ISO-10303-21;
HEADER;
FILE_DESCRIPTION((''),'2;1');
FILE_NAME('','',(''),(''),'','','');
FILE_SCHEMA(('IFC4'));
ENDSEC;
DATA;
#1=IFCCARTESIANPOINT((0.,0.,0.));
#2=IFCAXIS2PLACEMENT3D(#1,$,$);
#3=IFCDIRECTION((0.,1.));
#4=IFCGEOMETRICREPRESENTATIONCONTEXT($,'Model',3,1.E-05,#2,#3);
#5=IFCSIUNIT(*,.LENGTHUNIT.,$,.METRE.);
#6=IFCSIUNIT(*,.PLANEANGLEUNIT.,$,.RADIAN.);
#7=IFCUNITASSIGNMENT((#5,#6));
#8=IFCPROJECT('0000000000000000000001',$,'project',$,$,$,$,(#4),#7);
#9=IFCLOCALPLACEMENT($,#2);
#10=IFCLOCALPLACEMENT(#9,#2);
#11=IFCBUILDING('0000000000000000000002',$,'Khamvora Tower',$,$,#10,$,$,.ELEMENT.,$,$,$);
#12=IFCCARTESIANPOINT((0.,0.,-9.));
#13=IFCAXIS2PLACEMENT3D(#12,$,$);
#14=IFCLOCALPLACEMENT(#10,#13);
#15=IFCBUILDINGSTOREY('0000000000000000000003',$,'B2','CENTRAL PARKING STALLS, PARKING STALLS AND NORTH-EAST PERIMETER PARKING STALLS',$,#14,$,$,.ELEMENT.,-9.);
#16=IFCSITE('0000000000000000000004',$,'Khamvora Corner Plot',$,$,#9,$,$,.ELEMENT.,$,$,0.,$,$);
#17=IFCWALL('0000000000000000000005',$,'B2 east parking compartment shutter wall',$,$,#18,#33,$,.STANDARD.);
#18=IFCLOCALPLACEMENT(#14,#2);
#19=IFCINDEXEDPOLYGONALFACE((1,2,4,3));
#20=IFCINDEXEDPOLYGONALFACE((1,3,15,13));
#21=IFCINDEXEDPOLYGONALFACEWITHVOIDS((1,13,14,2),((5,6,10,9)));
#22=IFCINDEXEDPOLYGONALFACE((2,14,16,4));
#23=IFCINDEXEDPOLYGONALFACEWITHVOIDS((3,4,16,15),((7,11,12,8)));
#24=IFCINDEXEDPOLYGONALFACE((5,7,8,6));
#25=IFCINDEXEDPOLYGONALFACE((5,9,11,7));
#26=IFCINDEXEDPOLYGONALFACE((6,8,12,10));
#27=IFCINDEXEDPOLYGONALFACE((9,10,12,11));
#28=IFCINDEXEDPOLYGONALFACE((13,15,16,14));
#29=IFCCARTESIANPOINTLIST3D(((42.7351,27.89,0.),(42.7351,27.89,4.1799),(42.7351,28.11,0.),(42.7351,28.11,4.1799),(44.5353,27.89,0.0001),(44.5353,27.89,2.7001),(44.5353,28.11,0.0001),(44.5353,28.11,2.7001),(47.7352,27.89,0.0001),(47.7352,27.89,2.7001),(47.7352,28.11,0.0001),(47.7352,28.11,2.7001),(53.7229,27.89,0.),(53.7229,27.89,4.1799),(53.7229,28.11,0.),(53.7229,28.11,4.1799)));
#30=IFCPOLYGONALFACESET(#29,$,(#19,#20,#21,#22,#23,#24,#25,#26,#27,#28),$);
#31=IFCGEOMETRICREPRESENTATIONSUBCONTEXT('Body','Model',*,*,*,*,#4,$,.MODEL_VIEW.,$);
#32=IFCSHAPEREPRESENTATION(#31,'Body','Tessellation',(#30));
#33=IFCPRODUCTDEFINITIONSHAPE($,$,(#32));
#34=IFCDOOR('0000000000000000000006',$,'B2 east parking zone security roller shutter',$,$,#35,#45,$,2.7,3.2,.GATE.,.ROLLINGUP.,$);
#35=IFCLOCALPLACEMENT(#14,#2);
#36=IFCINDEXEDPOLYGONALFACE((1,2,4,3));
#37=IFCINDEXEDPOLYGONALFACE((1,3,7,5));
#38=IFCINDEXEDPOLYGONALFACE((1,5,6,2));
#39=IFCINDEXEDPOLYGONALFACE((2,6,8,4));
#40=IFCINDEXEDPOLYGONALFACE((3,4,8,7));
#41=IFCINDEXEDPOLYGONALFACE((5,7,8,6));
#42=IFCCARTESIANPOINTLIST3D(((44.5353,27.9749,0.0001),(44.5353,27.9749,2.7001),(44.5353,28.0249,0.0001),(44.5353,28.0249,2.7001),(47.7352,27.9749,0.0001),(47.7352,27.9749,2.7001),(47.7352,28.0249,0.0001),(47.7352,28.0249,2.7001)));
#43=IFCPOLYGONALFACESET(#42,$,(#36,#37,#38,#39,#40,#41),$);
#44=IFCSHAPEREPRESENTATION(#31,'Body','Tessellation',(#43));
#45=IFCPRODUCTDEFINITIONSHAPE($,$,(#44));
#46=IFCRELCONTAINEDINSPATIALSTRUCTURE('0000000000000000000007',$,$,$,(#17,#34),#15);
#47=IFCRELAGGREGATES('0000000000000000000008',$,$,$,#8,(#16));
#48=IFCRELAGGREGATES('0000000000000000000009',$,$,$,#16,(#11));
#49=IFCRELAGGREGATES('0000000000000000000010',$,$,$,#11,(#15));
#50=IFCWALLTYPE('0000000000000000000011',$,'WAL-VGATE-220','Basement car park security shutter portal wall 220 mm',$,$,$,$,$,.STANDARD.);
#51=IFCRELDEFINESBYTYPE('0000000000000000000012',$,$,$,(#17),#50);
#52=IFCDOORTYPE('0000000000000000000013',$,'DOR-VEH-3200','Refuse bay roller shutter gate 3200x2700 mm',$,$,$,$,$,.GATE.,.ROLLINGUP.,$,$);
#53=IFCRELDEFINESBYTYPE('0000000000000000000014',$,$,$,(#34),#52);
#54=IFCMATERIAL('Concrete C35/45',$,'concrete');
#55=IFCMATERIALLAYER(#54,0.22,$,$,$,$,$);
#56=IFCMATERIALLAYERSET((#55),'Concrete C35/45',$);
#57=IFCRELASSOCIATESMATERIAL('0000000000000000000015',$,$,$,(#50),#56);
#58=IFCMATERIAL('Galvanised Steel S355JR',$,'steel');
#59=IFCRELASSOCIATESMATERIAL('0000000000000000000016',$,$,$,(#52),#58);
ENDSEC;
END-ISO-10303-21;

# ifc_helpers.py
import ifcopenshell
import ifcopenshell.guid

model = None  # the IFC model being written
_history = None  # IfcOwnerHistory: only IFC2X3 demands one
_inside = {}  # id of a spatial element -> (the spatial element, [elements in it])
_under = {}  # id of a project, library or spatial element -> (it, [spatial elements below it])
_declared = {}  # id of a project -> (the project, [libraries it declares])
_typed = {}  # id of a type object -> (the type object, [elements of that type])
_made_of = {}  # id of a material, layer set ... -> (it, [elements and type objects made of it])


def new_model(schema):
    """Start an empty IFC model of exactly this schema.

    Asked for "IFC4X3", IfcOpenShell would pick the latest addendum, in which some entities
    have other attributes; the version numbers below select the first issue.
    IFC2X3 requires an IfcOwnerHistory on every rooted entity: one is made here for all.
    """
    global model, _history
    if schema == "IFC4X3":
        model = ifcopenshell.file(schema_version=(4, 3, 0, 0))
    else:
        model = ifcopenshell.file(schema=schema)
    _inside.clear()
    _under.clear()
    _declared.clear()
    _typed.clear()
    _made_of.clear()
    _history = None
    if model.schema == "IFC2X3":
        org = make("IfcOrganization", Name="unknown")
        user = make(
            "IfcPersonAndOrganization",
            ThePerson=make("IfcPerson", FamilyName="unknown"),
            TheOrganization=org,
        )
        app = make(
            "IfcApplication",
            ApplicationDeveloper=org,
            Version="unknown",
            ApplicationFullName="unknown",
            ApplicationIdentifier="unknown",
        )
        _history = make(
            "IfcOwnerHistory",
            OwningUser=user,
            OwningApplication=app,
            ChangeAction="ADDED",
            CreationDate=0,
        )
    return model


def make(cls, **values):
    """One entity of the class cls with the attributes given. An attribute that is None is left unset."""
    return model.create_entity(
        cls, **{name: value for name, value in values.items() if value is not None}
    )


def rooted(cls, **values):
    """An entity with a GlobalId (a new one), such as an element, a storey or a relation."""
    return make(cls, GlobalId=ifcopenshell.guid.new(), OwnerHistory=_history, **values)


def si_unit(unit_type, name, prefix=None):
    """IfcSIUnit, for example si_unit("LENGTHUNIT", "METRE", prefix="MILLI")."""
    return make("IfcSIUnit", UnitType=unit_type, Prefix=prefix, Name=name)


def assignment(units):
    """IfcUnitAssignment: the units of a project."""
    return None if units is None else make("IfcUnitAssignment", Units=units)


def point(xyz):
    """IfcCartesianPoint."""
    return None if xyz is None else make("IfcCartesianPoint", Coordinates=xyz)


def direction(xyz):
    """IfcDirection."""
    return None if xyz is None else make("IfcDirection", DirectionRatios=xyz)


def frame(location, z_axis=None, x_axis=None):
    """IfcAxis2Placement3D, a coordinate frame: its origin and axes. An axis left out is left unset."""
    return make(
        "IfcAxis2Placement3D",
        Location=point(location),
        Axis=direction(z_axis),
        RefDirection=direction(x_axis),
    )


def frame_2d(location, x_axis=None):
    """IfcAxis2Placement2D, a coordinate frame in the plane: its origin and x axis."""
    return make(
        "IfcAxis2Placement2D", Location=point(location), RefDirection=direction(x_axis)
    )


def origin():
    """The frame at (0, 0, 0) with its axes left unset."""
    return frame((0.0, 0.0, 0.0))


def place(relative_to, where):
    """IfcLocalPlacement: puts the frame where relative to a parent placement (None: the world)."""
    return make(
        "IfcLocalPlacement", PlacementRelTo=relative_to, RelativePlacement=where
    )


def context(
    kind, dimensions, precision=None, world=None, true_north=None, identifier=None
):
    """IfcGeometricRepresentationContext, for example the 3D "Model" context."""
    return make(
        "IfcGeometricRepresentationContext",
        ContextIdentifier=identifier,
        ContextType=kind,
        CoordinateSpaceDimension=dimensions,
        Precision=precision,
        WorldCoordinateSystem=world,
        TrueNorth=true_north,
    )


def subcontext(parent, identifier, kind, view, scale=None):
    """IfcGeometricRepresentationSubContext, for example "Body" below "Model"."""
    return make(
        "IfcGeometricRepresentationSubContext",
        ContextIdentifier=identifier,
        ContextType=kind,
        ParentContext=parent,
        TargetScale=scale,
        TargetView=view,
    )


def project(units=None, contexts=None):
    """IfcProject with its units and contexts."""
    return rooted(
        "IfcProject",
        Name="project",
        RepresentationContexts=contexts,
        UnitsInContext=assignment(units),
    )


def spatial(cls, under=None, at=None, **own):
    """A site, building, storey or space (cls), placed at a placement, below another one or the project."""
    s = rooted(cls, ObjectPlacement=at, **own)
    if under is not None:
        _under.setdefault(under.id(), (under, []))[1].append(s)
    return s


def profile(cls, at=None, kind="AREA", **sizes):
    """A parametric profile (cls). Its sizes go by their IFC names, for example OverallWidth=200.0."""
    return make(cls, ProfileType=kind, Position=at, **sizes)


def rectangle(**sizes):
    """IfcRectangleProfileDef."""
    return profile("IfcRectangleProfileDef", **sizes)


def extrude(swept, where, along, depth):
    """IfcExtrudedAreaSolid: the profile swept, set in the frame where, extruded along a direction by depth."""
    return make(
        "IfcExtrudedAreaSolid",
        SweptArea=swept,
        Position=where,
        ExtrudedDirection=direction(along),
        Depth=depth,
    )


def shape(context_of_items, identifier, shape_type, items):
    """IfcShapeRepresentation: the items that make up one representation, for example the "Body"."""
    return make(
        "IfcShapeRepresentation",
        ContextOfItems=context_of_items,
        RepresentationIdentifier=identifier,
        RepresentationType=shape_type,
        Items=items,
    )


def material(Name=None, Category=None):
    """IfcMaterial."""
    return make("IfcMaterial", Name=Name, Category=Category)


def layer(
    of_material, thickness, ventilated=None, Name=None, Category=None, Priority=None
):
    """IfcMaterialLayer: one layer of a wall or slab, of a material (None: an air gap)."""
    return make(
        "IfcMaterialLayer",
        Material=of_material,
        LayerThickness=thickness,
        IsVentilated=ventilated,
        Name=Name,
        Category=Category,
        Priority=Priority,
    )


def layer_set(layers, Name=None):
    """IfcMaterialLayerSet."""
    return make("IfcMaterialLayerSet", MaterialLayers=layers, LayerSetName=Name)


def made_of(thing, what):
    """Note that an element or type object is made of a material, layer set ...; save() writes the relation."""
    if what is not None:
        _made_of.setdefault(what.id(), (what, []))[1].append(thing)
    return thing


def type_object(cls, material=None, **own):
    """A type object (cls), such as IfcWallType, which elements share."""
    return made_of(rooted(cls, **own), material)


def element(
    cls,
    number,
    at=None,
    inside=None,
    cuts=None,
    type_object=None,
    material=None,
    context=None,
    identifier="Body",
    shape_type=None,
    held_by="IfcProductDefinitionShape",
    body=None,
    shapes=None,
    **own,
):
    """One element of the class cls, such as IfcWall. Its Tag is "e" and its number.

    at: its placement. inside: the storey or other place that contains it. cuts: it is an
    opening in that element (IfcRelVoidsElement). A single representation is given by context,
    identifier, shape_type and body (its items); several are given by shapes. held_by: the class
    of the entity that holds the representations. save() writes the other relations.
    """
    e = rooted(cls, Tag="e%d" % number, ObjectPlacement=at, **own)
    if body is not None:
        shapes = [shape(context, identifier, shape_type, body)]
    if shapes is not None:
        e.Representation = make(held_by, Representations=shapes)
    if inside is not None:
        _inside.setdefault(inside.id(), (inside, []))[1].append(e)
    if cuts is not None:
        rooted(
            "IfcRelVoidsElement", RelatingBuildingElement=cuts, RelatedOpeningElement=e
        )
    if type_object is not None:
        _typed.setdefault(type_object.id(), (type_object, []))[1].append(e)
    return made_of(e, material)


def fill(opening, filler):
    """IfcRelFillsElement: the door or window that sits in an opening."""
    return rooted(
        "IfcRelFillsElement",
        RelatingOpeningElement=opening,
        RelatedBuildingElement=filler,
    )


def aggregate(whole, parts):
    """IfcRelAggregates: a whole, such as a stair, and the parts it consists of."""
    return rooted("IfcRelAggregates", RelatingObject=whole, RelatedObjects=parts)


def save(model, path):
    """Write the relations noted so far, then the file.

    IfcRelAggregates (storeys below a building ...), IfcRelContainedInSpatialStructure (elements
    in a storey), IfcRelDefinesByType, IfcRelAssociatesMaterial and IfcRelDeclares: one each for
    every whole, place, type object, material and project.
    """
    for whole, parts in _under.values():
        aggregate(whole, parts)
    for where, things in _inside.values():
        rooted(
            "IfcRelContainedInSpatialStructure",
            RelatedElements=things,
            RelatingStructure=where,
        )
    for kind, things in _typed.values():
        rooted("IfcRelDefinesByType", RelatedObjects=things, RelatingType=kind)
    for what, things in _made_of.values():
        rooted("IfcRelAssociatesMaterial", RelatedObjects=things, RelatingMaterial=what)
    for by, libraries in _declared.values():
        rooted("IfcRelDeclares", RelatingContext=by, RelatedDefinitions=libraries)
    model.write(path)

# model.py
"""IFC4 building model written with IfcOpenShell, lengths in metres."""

from ifc_helpers import new_model, si_unit, direction, frame, frame_2d, origin, place, context, subcontext, project, spatial, rectangle, extrude, material, layer, layer_set, type_object, element, fill, save


model = new_model("IFC4")

# Units and contexts
model_context = context("Model", 3, precision=1e-05, world=origin(), true_north=direction((0.0, 1.0)))
body_context = subcontext(model_context, "Body", "Model", "MODEL_VIEW")
ifc_project = project(units=[si_unit("LENGTHUNIT", "METRE"), si_unit("PLANEANGLEUNIT", "RADIAN")], contexts=[model_context])

# Site, building, storey
site_placement = place(None, origin())
site = spatial("IfcSite", under=ifc_project, at=site_placement, Name="Khamvora Corner Plot", CompositionType="ELEMENT", RefElevation=0.0)
building_placement = place(site_placement, origin())
building = spatial("IfcBuilding", under=site, at=building_placement, Name="Khamvora Tower", CompositionType="ELEMENT")
storey_placement = place(building_placement, frame((0.0, 0.0, -9.0)))
storey = spatial("IfcBuildingStorey", under=building, at=storey_placement, Name="B2", Description="CENTRAL PARKING STALLS, PARKING STALLS AND NORTH-EAST PERIMETER PARKING STALLS", CompositionType="ELEMENT", Elevation=-9.0)

# Wall, opening, door
ifc_material_1 = material(Name="Concrete C35/45", Category="concrete")
ifc_layer_1 = layer(ifc_material_1, 0.22)
ifc_layer_set_1 = layer_set([ifc_layer_1], Name="Concrete C35/45")
wall_type_1 = type_object("IfcWallType", Name="WAL-VGATE-220", Description="Basement car park security shutter portal wall 220 mm", PredefinedType="STANDARD", material=ifc_layer_set_1)
wall_1_placement = place(storey_placement, frame((42.7351, 28.0, 0.0), z_axis=(0.0, 0.0, 1.0), x_axis=(1.0, 0.0, 0.0)))
wall_1 = element("IfcWall", 1, at=wall_1_placement, inside=storey, type_object=wall_type_1, Name="B2 east parking compartment shutter wall", PredefinedType="STANDARD", context=body_context, shape_type="SweptSolid", body=[
    extrude(rectangle(XDim=10.9878, YDim=0.22, at=frame_2d((5.4939, 0.0))), origin(), (0.0, 0.0, 1.0), 4.1799),
])
opening_1_placement = place(wall_1_placement, frame((1.8, 0.0, 0.0)))
opening_1 = element("IfcOpeningElement", 2, at=opening_1_placement, cuts=wall_1, PredefinedType="OPENING", context=body_context, shape_type="SweptSolid", body=[
    extrude(rectangle(XDim=3.2, YDim=2.7, at=frame_2d((1.6001, 1.3501))), frame((0.0, 0.1199, 0.0), z_axis=(0.0, -1.0, 0.0), x_axis=(1.0, 0.0, 0.0)), (0.0, 0.0, 1.0), 0.24),
])
ifc_material_2 = material(Name="Galvanised Steel S355JR", Category="steel")
door_type_1 = type_object("IfcDoorType", Name="DOR-VEH-3200", Description="Refuse bay roller shutter gate 3200x2700 mm", OperationType="ROLLINGUP", PredefinedType="GATE", material=ifc_material_2)
door_1_placement = place(opening_1_placement, origin())
door_1 = element("IfcDoor", 3, at=door_1_placement, inside=storey, type_object=door_type_1, Name="B2 east parking zone security roller shutter", OperationType="ROLLINGUP", OverallHeight=2.7, OverallWidth=3.2, PredefinedType="GATE", context=body_context, shape_type="SweptSolid", body=[
    extrude(rectangle(XDim=3.2, YDim=2.7, at=frame_2d((1.6001, 1.3501))), frame((0.0, 0.0249, 0.0), z_axis=(0.0, -1.0, 0.0), x_axis=(1.0, 0.0, 0.0)), (0.0, 0.0, 1.0), 0.05),
])
fill(opening_1, door_1)

save(model, "model.ifc")
